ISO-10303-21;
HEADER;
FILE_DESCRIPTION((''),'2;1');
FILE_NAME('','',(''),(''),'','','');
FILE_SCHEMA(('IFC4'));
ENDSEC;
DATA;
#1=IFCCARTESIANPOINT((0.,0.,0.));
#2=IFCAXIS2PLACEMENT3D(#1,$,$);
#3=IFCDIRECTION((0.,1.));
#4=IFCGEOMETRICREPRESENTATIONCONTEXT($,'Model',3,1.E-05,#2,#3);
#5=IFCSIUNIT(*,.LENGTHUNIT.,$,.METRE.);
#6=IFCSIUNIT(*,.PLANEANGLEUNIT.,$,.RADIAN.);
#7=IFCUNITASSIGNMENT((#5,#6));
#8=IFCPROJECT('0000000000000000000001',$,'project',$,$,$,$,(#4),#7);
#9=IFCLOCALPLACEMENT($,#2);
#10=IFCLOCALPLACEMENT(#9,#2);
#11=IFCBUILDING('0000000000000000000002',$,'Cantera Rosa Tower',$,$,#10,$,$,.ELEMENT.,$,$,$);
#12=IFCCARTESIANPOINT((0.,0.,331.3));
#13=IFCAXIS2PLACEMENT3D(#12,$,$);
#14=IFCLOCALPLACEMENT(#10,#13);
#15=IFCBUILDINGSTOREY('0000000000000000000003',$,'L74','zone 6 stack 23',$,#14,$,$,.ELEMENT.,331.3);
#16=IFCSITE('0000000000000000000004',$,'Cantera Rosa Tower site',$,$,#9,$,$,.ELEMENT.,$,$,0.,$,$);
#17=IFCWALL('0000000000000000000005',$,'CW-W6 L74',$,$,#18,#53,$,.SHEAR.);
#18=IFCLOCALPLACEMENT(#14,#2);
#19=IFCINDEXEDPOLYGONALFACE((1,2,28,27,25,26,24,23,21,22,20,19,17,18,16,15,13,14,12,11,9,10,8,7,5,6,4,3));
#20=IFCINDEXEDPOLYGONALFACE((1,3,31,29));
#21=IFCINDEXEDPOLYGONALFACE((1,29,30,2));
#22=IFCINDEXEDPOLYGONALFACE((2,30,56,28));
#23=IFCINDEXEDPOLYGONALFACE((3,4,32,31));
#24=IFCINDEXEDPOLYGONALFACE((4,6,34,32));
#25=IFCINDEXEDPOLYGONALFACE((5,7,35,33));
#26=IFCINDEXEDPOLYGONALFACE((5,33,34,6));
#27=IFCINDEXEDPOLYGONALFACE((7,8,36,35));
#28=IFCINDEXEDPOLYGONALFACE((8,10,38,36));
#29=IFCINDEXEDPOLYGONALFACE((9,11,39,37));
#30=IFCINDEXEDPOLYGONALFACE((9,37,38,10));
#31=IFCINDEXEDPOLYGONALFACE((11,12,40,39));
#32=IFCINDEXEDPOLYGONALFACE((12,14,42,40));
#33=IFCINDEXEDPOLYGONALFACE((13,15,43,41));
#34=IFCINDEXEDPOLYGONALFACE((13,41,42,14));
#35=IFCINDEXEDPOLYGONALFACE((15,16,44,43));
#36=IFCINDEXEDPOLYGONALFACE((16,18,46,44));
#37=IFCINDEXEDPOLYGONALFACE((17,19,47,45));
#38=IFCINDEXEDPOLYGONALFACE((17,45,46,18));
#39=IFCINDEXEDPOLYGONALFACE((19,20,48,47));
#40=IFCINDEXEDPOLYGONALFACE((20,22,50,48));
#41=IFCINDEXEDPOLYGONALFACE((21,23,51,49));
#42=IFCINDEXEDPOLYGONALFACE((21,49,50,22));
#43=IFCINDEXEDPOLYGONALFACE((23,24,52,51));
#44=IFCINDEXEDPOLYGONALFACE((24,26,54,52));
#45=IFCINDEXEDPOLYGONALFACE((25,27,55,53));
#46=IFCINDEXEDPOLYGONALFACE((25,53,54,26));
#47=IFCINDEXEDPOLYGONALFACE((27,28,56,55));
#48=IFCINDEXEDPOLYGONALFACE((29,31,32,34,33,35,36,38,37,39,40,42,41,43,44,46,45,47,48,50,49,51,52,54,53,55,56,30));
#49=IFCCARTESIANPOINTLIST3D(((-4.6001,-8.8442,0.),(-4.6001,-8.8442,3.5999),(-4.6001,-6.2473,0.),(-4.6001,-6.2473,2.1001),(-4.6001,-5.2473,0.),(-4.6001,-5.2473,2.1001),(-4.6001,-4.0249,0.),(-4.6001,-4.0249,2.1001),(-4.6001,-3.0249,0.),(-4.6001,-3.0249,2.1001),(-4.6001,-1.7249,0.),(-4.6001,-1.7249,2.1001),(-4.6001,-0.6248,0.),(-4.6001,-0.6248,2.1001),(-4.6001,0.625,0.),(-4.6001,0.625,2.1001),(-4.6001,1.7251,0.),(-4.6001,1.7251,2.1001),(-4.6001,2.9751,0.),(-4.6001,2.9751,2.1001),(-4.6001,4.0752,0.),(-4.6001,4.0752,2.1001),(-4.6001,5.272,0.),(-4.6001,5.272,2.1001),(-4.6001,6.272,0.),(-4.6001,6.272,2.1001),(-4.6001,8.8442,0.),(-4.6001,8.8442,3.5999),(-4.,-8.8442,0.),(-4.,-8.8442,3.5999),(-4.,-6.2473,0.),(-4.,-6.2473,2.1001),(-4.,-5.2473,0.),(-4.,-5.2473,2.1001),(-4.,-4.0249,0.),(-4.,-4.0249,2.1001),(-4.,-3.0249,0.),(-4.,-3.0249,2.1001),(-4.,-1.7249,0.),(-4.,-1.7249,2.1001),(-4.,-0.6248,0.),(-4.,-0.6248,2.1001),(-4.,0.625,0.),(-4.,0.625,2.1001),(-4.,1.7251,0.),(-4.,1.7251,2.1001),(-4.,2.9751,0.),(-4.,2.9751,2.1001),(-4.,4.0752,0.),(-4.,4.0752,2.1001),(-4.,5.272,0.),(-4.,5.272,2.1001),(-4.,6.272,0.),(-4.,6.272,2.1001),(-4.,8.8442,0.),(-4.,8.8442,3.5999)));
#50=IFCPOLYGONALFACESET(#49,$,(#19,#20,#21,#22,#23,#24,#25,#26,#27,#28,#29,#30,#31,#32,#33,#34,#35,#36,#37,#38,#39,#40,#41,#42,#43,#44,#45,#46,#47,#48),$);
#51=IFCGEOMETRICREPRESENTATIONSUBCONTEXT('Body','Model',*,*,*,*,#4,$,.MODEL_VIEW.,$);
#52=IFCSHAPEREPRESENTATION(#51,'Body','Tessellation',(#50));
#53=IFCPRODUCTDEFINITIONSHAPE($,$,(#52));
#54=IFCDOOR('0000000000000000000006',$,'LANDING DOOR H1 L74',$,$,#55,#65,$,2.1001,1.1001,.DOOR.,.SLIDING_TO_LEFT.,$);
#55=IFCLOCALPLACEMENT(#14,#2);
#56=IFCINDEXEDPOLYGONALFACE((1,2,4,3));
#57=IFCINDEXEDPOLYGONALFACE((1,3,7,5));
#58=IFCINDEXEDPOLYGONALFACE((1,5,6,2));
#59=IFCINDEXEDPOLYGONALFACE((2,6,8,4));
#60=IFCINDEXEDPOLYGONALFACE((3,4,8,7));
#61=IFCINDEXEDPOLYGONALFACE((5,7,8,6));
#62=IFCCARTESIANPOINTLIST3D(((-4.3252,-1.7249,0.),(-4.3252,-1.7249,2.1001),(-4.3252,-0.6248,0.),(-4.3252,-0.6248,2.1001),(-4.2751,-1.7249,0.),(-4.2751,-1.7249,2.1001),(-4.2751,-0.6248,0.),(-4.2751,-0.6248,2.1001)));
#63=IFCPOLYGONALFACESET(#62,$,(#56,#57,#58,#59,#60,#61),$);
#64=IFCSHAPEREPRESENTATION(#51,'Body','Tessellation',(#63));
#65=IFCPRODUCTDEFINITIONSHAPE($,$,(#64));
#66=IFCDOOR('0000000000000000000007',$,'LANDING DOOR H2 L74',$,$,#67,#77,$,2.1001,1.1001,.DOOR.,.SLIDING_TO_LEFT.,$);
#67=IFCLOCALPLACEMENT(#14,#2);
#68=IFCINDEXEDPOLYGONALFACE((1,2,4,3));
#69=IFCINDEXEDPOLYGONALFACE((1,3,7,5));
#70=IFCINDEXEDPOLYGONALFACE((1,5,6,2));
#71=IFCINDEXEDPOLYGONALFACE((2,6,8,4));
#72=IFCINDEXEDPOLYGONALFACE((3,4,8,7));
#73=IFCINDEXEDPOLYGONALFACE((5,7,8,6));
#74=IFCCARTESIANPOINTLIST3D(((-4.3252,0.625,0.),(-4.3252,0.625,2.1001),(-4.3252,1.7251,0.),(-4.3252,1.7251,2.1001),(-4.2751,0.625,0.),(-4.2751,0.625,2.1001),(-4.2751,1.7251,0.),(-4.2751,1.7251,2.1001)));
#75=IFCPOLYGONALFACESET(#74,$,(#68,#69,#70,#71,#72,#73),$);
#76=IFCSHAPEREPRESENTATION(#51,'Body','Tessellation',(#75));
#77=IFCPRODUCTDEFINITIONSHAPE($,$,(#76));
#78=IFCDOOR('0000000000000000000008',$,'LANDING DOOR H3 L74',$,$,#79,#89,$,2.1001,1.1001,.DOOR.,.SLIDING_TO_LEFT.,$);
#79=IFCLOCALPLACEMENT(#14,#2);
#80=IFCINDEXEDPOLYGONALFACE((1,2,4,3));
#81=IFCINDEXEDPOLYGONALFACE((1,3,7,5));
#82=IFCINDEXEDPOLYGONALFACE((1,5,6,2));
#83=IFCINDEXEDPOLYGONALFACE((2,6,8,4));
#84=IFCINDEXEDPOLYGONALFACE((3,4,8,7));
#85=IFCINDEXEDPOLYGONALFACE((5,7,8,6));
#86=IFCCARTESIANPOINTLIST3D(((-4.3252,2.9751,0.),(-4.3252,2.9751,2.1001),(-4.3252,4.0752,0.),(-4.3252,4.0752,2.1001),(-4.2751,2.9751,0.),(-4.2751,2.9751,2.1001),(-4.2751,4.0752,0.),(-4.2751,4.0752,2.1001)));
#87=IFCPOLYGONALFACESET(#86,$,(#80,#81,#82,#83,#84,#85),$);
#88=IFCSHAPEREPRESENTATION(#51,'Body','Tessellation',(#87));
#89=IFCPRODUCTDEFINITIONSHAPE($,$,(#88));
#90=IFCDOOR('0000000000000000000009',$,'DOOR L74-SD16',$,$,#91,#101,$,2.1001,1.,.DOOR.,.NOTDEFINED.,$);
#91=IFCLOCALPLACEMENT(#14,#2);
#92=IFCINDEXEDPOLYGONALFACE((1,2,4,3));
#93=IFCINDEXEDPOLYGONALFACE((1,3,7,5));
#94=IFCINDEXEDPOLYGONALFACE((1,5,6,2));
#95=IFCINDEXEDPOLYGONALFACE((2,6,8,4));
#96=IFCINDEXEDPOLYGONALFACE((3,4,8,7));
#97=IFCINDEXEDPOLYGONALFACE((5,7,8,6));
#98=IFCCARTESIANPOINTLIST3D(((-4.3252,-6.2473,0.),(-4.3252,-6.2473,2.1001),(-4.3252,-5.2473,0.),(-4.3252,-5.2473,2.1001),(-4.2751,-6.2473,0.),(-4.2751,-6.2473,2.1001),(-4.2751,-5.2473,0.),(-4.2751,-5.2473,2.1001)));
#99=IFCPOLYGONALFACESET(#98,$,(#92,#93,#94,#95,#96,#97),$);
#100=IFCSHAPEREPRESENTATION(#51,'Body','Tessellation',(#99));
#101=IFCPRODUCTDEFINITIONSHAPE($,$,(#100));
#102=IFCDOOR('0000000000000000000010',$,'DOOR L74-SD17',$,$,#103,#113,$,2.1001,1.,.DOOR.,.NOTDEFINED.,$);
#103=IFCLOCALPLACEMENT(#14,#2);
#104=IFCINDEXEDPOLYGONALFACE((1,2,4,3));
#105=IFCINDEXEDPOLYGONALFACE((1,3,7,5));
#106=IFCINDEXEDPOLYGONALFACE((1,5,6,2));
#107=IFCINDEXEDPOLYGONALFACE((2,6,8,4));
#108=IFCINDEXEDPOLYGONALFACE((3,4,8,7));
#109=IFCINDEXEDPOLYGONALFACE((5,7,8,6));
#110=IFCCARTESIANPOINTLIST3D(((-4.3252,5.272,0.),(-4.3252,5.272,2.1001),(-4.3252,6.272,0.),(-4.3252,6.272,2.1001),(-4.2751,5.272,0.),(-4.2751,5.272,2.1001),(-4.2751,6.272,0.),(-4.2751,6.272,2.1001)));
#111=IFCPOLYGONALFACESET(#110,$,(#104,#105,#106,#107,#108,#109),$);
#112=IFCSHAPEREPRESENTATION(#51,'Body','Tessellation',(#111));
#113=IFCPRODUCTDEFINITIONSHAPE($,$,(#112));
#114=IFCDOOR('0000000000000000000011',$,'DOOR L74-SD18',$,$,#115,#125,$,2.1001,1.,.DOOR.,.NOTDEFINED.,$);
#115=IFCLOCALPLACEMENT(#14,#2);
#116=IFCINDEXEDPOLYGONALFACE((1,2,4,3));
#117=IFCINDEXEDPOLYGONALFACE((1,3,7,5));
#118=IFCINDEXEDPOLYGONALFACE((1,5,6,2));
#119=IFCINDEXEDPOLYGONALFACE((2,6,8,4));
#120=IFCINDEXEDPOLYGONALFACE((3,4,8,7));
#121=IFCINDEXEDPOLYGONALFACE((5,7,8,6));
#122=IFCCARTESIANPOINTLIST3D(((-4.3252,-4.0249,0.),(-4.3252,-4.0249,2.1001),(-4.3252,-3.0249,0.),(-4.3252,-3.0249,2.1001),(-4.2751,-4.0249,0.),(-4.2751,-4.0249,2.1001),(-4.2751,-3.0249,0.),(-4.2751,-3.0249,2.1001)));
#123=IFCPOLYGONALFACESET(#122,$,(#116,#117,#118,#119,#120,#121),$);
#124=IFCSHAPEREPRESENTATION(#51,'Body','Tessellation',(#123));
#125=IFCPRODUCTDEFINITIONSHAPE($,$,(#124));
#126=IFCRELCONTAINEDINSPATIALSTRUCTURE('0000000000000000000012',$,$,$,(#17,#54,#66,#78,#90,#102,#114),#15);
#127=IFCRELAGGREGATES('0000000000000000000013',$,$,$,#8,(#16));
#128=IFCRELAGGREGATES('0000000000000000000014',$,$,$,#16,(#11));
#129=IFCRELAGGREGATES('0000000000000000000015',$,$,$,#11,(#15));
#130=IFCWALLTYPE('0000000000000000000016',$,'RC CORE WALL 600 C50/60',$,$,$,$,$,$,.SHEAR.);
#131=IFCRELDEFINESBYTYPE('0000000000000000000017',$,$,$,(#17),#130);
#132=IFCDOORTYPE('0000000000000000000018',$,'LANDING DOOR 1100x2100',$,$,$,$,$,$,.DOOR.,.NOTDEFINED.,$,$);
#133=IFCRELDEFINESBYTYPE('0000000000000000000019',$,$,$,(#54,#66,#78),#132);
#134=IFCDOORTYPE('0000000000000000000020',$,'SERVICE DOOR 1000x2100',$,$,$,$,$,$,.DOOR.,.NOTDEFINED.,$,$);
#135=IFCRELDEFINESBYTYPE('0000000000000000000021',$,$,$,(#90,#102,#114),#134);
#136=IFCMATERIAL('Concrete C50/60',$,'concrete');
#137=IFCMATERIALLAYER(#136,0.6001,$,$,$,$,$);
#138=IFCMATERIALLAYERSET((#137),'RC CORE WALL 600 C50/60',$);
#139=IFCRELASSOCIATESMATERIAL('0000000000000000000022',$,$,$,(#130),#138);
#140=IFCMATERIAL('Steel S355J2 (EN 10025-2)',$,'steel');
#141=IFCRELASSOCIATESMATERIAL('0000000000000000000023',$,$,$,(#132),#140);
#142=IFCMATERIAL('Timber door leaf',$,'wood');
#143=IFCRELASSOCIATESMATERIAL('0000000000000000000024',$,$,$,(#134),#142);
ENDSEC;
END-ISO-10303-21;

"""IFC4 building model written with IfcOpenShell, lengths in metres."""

from ifc_helpers import new_model, si_unit, direction, frame, frame_2d, origin, place, context, subcontext, project, spatial, rectangle, extrude, material, layer, layer_set, type_object, element, fill, save


model = new_model("IFC4")

# Units and contexts
model_context = context("Model", 3, precision=1e-05, world=origin(), true_north=direction((0.0, 1.0)))
body_context = subcontext(model_context, "Body", "Model", "MODEL_VIEW")
ifc_project = project(units=[si_unit("LENGTHUNIT", "METRE"), si_unit("PLANEANGLEUNIT", "RADIAN")], contexts=[model_context])

# Site, building, storey
site_placement = place(None, origin())
site = spatial("IfcSite", under=ifc_project, at=site_placement, Name="Cantera Rosa Tower site", CompositionType="ELEMENT", RefElevation=0.0)
building_placement = place(site_placement, origin())
building = spatial("IfcBuilding", under=site, at=building_placement, Name="Cantera Rosa Tower", CompositionType="ELEMENT")
storey_placement = place(building_placement, frame((0.0, 0.0, 331.3)))
storey = spatial("IfcBuildingStorey", under=building, at=storey_placement, Name="L74", Description="zone 6 stack 23", CompositionType="ELEMENT", Elevation=331.3)

# Wall, openings, doors
ifc_material_1 = material(Name="Concrete C50/60", Category="concrete")
ifc_layer_1 = layer(ifc_material_1, 0.6001)
ifc_layer_set_1 = layer_set([ifc_layer_1], Name="RC CORE WALL 600 C50/60")
wall_type_1 = type_object("IfcWallType", Name="RC CORE WALL 600 C50/60", PredefinedType="SHEAR", material=ifc_layer_set_1)
wall_1_placement = place(storey_placement, frame((-4.3, 8.8442, 0.0), z_axis=(0.0, 0.0, 1.0), x_axis=(0.0, -1.0, 0.0)))
wall_1 = element("IfcWall", 1, at=wall_1_placement, inside=storey, type_object=wall_type_1, Name="CW-W6 L74", PredefinedType="SHEAR", context=body_context, shape_type="SweptSolid", body=[
    extrude(rectangle(XDim=17.6885, YDim=0.6001, at=frame_2d((8.8442, 0.0))), origin(), (0.0, 0.0, 1.0), 3.5999),
])
opening_1_placement = place(wall_1_placement, frame((9.469, 0.0, 0.0)))
opening_1 = element("IfcOpeningElement", 2, at=opening_1_placement, cuts=wall_1, PredefinedType="OPENING", context=body_context, shape_type="SweptSolid", body=[
    extrude(rectangle(XDim=1.1001, YDim=2.1001, at=frame_2d((0.55, 1.05))), frame((0.0, 0.3101, 0.0), z_axis=(0.0, -1.0, 0.0), x_axis=(1.0, 0.0, 0.0)), (0.0, 0.0, 1.0), 0.6201),
])
opening_2_placement = place(wall_1_placement, frame((7.1191, 0.0, 0.0)))
opening_2 = element("IfcOpeningElement", 3, at=opening_2_placement, cuts=wall_1, PredefinedType="OPENING", context=body_context, shape_type="SweptSolid", body=[
    extrude(rectangle(XDim=1.1001, YDim=2.1001, at=frame_2d((0.55, 1.05))), frame((0.0, 0.3101, 0.0), z_axis=(0.0, -1.0, 0.0), x_axis=(1.0, 0.0, 0.0)), (0.0, 0.0, 1.0), 0.6201),
])
opening_3_placement = place(wall_1_placement, frame((4.769, 0.0, 0.0)))
opening_3 = element("IfcOpeningElement", 4, at=opening_3_placement, cuts=wall_1, PredefinedType="OPENING", context=body_context, shape_type="SweptSolid", body=[
    extrude(rectangle(XDim=1.1001, YDim=2.1001, at=frame_2d((0.55, 1.05))), frame((0.0, 0.3101, 0.0), z_axis=(0.0, -1.0, 0.0), x_axis=(1.0, 0.0, 0.0)), (0.0, 0.0, 1.0), 0.6201),
])
opening_4_placement = place(wall_1_placement, frame((14.0916, 0.0, 0.0)))
opening_4 = element("IfcOpeningElement", 5, at=opening_4_placement, cuts=wall_1, PredefinedType="OPENING", context=body_context, shape_type="SweptSolid", body=[
    extrude(rectangle(XDim=1.0, YDim=2.1001, at=frame_2d((0.5, 1.05))), frame((0.0, 0.3101, 0.0), z_axis=(0.0, -1.0, 0.0), x_axis=(1.0, 0.0, 0.0)), (0.0, 0.0, 1.0), 0.6201),
])
opening_5_placement = place(wall_1_placement, frame((2.5723, 0.0, 0.0)))
opening_5 = element("IfcOpeningElement", 6, at=opening_5_placement, cuts=wall_1, PredefinedType="OPENING", context=body_context, shape_type="SweptSolid", body=[
    extrude(rectangle(XDim=1.0, YDim=2.1001, at=frame_2d((0.5, 1.05))), frame((0.0, 0.3101, 0.0), z_axis=(0.0, -1.0, 0.0), x_axis=(1.0, 0.0, 0.0)), (0.0, 0.0, 1.0), 0.6201),
])
opening_6_placement = place(wall_1_placement, frame((11.8691, 0.0, 0.0)))
opening_6 = element("IfcOpeningElement", 7, at=opening_6_placement, cuts=wall_1, PredefinedType="OPENING", context=body_context, shape_type="SweptSolid", body=[
    extrude(rectangle(XDim=1.0, YDim=2.1001, at=frame_2d((0.5, 1.05))), frame((0.0, 0.3101, 0.0), z_axis=(0.0, -1.0, 0.0), x_axis=(1.0, 0.0, 0.0)), (0.0, 0.0, 1.0), 0.6201),
])
ifc_material_2 = material(Name="Steel S355J2 (EN 10025-2)", Category="steel")
door_type_1 = type_object("IfcDoorType", Name="LANDING DOOR 1100x2100", OperationType="NOTDEFINED", PredefinedType="DOOR", material=ifc_material_2)
door_1_placement = place(opening_1_placement, origin())
door_1 = element("IfcDoor", 8, at=door_1_placement, inside=storey, type_object=door_type_1, Name="LANDING DOOR H1 L74", OperationType="SLIDING_TO_LEFT", OverallHeight=2.1001, OverallWidth=1.1001, PredefinedType="DOOR", context=body_context, shape_type="SweptSolid", body=[
    extrude(rectangle(XDim=1.1001, YDim=2.1001, at=frame_2d((0.55, 1.05))), frame((0.0, 0.0249, 0.0), z_axis=(0.0, -1.0, 0.0), x_axis=(1.0, 0.0, 0.0)), (0.0, 0.0, 1.0), 0.05),
])
fill(opening_1, door_1)
door_2_placement = place(opening_2_placement, origin())
door_2 = element("IfcDoor", 9, at=door_2_placement, inside=storey, type_object=door_type_1, Name="LANDING DOOR H2 L74", OperationType="SLIDING_TO_LEFT", OverallHeight=2.1001, OverallWidth=1.1001, PredefinedType="DOOR", context=body_context, shape_type="SweptSolid", body=[
    extrude(rectangle(XDim=1.1001, YDim=2.1001, at=frame_2d((0.55, 1.05))), frame((0.0, 0.0249, 0.0), z_axis=(0.0, -1.0, 0.0), x_axis=(1.0, 0.0, 0.0)), (0.0, 0.0, 1.0), 0.05),
])
fill(opening_2, door_2)
door_3_placement = place(opening_3_placement, origin())
door_3 = element("IfcDoor", 10, at=door_3_placement, inside=storey, type_object=door_type_1, Name="LANDING DOOR H3 L74", OperationType="SLIDING_TO_LEFT", OverallHeight=2.1001, OverallWidth=1.1001, PredefinedType="DOOR", context=body_context, shape_type="SweptSolid", body=[
    extrude(rectangle(XDim=1.1001, YDim=2.1001, at=frame_2d((0.55, 1.05))), frame((0.0, 0.0249, 0.0), z_axis=(0.0, -1.0, 0.0), x_axis=(1.0, 0.0, 0.0)), (0.0, 0.0, 1.0), 0.05),
])
fill(opening_3, door_3)
ifc_material_3 = material(Name="Timber door leaf", Category="wood")
door_type_2 = type_object("IfcDoorType", Name="SERVICE DOOR 1000x2100", OperationType="NOTDEFINED", PredefinedType="DOOR", material=ifc_material_3)
door_4_placement = place(opening_4_placement, origin())
door_4 = element("IfcDoor", 11, at=door_4_placement, inside=storey, type_object=door_type_2, Name="DOOR L74-SD16", OperationType="NOTDEFINED", OverallHeight=2.1001, OverallWidth=1.0, PredefinedType="DOOR", context=body_context, shape_type="SweptSolid", body=[
    extrude(rectangle(XDim=1.0, YDim=2.1001, at=frame_2d((0.5, 1.05))), frame((0.0, 0.0249, 0.0), z_axis=(0.0, -1.0, 0.0), x_axis=(1.0, 0.0, 0.0)), (0.0, 0.0, 1.0), 0.05),
])
fill(opening_4, door_4)
door_5_placement = place(opening_5_placement, origin())
door_5 = element("IfcDoor", 12, at=door_5_placement, inside=storey, type_object=door_type_2, Name="DOOR L74-SD17", OperationType="NOTDEFINED", OverallHeight=2.1001, OverallWidth=1.0, PredefinedType="DOOR", context=body_context, shape_type="SweptSolid", body=[
    extrude(rectangle(XDim=1.0, YDim=2.1001, at=frame_2d((0.5, 1.05))), frame((0.0, 0.0249, 0.0), z_axis=(0.0, -1.0, 0.0), x_axis=(1.0, 0.0, 0.0)), (0.0, 0.0, 1.0), 0.05),
])
fill(opening_5, door_5)
door_6_placement = place(opening_6_placement, origin())
door_6 = element("IfcDoor", 13, at=door_6_placement, inside=storey, type_object=door_type_2, Name="DOOR L74-SD18", OperationType="NOTDEFINED", OverallHeight=2.1001, OverallWidth=1.0, PredefinedType="DOOR", context=body_context, shape_type="SweptSolid", body=[
    extrude(rectangle(XDim=1.0, YDim=2.1001, at=frame_2d((0.5, 1.05))), frame((0.0, 0.0249, 0.0), z_axis=(0.0, -1.0, 0.0), x_axis=(1.0, 0.0, 0.0)), (0.0, 0.0, 1.0), 0.05),
])
fill(opening_6, door_6)

save(model, "model.ifc")
